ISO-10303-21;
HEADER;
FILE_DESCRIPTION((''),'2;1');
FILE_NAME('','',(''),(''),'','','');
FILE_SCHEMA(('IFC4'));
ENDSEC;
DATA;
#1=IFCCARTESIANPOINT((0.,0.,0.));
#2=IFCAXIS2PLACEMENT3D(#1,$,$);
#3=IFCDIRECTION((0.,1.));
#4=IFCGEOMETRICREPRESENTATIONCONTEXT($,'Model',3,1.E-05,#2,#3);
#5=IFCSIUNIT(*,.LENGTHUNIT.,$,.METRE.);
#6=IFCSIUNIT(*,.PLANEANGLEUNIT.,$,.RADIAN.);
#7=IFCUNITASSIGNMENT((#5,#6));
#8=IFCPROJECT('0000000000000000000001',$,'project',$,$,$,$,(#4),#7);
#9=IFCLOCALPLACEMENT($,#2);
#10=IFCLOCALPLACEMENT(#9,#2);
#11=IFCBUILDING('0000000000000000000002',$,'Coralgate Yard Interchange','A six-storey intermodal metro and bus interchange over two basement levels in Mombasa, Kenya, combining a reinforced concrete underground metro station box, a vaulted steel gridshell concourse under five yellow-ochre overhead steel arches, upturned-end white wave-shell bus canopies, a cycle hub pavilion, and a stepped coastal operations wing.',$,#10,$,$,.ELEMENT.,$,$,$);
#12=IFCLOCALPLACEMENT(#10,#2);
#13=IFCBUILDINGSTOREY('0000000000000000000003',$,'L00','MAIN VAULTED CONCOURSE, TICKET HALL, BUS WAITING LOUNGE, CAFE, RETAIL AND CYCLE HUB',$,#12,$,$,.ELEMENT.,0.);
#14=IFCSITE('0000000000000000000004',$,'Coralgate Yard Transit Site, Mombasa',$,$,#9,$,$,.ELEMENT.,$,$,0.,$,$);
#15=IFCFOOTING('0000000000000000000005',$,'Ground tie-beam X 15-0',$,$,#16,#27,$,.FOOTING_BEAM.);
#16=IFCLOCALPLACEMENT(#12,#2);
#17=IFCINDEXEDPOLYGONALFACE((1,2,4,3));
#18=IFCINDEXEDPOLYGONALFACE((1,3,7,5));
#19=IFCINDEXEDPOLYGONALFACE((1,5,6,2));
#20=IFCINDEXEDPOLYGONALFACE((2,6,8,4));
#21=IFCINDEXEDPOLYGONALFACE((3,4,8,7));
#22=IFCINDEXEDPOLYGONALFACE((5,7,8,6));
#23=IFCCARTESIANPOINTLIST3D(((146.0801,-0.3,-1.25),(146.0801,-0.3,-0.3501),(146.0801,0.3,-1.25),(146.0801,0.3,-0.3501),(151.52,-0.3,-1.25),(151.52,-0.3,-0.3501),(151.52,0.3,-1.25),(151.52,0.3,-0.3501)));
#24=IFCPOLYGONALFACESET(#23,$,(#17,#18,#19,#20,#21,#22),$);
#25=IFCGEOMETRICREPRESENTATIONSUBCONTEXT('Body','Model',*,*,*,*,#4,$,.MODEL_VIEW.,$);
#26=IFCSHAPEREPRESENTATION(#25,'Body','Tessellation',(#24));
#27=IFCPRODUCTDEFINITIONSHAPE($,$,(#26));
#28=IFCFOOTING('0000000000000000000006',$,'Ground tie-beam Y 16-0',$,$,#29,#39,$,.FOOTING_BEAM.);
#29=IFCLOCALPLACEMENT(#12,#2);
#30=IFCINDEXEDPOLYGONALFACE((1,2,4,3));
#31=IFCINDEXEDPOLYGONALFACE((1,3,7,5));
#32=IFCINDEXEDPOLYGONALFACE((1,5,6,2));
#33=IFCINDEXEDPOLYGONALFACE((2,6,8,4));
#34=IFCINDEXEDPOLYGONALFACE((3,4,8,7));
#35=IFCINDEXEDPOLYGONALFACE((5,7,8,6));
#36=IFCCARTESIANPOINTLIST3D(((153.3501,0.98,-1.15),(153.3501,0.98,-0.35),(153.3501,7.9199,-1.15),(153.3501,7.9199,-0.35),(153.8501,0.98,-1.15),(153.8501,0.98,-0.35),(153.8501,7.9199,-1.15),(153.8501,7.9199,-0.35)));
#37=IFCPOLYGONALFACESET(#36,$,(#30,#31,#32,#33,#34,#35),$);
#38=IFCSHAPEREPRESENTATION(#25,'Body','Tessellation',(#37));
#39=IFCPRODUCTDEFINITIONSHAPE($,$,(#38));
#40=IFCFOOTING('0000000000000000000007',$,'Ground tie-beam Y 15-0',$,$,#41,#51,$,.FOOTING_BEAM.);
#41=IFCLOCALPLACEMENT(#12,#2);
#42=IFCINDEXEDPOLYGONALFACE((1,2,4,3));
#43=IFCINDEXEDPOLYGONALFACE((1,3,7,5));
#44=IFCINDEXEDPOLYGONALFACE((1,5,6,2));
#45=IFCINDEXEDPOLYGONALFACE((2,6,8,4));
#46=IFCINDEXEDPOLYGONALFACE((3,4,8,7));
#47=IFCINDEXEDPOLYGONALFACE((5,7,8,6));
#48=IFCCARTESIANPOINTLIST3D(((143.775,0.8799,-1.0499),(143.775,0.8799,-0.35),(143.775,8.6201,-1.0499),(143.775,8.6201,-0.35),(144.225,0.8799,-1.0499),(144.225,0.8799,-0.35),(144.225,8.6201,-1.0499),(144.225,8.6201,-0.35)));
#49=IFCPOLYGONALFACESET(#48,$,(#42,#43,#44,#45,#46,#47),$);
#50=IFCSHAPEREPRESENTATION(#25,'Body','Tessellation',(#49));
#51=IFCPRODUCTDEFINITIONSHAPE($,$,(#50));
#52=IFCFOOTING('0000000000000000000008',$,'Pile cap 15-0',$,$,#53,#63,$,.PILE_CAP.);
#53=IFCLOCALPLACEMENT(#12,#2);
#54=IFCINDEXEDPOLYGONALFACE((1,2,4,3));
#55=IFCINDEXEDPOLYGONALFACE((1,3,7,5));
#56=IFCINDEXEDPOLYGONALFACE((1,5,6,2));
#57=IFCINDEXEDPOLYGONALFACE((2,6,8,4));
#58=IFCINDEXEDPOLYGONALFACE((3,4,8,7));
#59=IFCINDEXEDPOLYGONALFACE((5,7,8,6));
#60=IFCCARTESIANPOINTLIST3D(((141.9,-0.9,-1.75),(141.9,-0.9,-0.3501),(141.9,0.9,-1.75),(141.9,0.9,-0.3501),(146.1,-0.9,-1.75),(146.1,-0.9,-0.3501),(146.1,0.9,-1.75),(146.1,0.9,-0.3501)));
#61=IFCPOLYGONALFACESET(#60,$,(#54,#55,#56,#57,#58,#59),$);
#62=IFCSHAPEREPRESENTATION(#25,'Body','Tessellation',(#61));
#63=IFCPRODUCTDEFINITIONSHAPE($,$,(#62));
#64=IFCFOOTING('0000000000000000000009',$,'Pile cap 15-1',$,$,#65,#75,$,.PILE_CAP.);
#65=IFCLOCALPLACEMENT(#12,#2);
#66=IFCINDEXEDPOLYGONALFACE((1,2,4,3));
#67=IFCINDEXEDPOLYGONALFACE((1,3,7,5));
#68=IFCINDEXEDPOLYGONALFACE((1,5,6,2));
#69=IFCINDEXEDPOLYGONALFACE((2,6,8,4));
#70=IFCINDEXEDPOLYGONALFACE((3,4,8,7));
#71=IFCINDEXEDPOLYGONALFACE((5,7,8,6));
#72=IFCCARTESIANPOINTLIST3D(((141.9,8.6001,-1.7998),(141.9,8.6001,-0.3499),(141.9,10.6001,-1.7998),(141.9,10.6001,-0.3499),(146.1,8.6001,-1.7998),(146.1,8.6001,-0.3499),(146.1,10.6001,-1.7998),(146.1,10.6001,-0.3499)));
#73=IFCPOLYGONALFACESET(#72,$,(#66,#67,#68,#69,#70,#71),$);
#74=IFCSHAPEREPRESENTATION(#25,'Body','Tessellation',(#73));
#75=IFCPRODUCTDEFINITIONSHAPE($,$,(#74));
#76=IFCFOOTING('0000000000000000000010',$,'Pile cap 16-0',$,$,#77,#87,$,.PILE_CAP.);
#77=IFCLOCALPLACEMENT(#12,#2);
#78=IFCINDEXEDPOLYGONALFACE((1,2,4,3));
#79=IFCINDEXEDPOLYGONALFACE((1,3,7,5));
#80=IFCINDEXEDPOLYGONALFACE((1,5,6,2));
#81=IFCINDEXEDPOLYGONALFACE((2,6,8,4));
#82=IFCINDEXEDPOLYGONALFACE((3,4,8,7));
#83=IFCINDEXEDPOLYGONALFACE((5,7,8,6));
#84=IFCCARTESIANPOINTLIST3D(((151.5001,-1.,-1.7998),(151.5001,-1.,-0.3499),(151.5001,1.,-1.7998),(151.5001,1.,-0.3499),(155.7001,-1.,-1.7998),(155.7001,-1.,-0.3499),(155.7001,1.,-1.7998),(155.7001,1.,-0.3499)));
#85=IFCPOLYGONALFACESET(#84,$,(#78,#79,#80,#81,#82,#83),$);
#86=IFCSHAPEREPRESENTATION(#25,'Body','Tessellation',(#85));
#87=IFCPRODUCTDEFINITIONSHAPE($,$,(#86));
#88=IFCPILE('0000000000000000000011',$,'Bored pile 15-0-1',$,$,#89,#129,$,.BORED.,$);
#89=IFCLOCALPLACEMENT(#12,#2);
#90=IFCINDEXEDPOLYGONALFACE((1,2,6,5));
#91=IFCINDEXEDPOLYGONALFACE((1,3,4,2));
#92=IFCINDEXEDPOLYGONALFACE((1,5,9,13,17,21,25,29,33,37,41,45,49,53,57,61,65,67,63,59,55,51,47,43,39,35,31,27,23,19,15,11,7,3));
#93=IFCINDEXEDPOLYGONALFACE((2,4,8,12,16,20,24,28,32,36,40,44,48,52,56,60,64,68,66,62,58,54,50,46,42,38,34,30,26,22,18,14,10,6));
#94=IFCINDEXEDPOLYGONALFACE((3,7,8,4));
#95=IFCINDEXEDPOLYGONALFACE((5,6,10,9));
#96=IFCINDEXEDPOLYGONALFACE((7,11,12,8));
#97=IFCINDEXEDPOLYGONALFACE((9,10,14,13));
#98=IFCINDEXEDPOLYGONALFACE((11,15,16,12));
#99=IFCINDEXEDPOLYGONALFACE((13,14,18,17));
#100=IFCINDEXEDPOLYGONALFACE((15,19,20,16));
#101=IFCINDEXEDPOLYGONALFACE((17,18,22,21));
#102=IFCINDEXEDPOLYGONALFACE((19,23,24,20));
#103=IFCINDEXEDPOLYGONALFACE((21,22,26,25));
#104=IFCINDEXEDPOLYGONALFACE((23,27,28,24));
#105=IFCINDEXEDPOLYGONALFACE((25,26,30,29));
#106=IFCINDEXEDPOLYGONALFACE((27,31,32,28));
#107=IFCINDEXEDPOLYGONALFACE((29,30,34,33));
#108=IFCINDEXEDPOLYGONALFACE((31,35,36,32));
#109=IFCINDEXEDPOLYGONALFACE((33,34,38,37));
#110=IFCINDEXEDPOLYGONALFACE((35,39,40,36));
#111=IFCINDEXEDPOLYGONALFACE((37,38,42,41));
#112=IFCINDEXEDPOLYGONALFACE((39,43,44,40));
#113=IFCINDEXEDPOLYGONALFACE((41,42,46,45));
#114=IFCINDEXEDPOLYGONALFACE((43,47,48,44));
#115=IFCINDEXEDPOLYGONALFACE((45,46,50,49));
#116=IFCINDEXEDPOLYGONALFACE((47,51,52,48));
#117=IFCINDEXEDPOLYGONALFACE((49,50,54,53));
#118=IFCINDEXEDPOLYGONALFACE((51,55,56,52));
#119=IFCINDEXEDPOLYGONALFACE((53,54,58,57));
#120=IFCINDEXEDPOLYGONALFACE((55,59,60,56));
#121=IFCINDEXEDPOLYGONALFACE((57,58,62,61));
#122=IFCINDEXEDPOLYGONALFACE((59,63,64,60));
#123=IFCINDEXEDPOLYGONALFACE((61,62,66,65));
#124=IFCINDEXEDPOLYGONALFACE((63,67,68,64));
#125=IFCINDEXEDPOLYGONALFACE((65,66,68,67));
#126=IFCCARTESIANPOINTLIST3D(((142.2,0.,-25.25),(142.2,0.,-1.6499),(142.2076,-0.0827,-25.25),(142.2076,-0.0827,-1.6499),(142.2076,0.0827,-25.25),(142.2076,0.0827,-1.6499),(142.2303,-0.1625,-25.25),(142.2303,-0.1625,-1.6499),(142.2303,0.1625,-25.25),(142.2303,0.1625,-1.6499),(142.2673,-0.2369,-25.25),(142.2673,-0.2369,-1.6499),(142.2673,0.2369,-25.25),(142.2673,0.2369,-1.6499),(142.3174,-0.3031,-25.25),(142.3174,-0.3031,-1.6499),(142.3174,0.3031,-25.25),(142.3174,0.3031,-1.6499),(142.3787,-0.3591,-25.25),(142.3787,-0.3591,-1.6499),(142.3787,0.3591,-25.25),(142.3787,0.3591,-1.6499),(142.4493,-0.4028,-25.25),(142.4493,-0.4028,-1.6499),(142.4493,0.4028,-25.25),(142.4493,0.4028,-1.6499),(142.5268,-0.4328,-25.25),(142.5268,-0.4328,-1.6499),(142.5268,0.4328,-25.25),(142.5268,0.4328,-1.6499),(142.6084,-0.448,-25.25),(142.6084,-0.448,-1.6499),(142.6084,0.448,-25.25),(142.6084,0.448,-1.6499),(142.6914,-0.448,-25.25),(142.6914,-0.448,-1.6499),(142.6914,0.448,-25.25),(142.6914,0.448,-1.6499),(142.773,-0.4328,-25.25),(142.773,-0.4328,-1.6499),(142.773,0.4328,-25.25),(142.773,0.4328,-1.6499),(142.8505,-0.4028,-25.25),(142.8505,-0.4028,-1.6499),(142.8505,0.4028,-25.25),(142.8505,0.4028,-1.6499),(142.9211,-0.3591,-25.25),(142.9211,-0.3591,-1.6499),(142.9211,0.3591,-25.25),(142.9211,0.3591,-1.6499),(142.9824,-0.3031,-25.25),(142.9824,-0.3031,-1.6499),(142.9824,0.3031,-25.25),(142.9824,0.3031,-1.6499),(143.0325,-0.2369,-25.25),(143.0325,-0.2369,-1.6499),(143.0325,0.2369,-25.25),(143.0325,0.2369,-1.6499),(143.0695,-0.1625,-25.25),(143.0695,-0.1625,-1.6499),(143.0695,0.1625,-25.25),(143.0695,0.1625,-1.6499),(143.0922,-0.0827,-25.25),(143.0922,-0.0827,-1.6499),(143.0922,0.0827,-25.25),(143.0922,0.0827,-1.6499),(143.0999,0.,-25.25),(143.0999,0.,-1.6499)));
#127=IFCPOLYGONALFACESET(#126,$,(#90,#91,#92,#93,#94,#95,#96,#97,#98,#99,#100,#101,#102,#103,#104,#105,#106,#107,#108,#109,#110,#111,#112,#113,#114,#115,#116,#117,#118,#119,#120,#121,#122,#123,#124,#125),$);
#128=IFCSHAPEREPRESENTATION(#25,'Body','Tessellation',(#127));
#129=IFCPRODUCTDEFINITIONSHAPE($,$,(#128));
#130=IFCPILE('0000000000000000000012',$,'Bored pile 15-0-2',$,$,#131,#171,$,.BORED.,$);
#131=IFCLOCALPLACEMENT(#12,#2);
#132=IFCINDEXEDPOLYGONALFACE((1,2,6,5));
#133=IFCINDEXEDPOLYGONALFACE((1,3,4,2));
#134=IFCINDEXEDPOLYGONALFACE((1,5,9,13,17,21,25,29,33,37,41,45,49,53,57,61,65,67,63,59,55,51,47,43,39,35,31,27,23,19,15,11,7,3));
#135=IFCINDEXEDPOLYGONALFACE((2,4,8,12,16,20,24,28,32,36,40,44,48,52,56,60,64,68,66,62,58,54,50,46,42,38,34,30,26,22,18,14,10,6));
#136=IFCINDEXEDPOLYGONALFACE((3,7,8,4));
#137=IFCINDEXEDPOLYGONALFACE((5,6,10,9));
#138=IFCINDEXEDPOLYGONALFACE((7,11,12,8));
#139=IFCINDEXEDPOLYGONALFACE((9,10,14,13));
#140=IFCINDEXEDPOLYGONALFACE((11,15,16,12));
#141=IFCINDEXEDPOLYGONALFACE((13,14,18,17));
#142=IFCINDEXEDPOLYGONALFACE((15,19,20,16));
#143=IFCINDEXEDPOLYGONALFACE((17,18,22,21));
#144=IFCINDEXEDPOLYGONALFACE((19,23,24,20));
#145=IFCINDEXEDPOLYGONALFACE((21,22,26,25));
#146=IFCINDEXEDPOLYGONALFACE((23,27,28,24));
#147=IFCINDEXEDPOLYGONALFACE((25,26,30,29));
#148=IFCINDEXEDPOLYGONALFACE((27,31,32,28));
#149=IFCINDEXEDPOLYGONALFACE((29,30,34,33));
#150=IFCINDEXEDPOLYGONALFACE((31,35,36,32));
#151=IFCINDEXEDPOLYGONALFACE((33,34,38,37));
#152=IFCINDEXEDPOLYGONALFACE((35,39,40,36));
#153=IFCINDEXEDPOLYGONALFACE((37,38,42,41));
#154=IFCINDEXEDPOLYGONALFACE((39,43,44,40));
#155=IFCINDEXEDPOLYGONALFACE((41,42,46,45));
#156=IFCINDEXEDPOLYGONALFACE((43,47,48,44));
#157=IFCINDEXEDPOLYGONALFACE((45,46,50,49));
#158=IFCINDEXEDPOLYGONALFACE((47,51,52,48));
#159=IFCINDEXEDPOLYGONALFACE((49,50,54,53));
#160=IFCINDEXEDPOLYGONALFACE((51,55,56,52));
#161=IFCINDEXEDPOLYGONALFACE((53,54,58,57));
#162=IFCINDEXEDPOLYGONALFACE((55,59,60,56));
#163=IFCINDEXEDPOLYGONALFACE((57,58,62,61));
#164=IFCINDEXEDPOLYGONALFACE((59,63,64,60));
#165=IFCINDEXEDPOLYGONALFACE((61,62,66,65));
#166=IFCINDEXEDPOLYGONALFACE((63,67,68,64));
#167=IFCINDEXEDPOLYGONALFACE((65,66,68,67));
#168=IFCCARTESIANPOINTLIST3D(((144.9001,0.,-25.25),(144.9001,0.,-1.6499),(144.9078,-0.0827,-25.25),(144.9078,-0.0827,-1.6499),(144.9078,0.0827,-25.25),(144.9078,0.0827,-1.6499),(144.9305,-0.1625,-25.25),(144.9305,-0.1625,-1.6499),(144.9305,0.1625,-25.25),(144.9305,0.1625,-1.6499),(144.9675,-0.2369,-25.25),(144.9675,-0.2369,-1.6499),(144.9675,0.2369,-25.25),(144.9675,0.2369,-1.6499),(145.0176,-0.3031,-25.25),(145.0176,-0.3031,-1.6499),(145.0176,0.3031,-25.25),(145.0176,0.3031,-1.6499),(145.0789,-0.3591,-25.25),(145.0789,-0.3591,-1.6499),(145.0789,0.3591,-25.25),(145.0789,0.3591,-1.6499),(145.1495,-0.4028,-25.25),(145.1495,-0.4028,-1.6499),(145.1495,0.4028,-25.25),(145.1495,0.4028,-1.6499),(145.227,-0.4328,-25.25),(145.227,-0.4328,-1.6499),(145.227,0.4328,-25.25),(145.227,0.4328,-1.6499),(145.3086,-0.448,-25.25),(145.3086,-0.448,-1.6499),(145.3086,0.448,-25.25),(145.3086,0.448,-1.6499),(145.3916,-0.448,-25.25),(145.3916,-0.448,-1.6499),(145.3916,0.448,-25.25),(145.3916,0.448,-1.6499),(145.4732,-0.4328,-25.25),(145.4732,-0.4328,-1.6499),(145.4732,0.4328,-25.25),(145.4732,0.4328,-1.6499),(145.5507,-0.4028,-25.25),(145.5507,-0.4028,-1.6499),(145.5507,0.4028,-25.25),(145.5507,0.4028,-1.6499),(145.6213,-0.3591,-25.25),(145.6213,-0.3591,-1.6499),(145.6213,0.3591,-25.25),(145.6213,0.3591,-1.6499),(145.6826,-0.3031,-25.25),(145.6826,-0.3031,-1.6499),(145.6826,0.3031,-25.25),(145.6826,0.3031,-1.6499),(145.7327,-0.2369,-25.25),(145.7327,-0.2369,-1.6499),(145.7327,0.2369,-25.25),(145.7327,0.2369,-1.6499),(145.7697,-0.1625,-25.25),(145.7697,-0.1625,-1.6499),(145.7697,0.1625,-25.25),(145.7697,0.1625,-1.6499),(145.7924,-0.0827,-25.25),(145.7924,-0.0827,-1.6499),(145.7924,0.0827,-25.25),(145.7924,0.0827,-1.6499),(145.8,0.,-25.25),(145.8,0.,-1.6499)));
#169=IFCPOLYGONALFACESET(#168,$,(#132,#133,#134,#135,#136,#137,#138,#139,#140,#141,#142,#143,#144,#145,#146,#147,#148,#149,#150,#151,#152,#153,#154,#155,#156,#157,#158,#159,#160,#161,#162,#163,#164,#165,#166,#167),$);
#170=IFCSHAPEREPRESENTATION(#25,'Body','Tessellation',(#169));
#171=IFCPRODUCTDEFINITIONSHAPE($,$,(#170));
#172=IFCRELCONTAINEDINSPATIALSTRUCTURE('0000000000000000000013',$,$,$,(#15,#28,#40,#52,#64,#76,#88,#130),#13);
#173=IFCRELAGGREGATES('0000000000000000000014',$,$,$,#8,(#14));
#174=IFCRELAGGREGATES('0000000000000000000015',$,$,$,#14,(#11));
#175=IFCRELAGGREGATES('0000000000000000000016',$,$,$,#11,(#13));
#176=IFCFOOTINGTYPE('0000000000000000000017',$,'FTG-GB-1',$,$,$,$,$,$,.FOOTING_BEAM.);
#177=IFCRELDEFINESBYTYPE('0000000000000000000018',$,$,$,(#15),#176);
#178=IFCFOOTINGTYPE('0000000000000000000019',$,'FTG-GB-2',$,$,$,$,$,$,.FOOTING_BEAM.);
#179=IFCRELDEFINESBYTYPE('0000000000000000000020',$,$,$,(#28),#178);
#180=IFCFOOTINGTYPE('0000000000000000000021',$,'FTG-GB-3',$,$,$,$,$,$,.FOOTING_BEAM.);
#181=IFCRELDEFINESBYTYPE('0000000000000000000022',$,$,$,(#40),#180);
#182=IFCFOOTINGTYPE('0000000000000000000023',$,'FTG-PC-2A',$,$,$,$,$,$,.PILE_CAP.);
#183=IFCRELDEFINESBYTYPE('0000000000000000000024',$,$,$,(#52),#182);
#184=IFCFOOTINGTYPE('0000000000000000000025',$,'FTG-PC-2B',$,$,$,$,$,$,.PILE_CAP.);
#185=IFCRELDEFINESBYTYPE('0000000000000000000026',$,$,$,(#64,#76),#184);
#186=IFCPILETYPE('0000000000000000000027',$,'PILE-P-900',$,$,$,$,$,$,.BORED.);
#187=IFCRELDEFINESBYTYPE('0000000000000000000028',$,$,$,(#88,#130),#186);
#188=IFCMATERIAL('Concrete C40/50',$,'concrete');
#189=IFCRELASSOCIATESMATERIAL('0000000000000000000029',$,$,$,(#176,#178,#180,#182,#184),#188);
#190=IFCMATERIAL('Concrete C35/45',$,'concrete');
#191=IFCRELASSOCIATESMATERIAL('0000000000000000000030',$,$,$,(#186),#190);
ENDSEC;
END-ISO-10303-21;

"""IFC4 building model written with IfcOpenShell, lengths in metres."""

from ifc_helpers import new_model, si_unit, direction, frame, origin, origin_2d, place, context, subcontext, project, spatial, rectangle, circle, extrude, material, material_profile, profile_set, type_object, element, save


model = new_model("IFC4")

# Units and contexts
model_context = context("Model", 3, precision=1e-05, world=origin(), true_north=direction((0.0, 1.0)))
body_context = subcontext(model_context, "Body", "Model", "MODEL_VIEW")
ifc_project = project(units=[si_unit("LENGTHUNIT", "METRE"), si_unit("PLANEANGLEUNIT", "RADIAN")], contexts=[model_context])

# Site, building, storey
site_placement = place(None, origin())
site = spatial("IfcSite", under=ifc_project, at=site_placement, Name="Coralgate Yard Transit Site, Mombasa", CompositionType="ELEMENT", RefElevation=0.0)
building_placement = place(site_placement, origin())
building = spatial("IfcBuilding", under=site, at=building_placement, Name="Coralgate Yard Interchange", Description="A six-storey intermodal metro and bus interchange over two basement levels in Mombasa, Kenya, combining a reinforced concrete underground metro station box, a vaulted steel gridshell concourse under five yellow-ochre overhead steel arches, upturned-end white wave-shell bus canopies, a cycle hub pavilion, and a stepped coastal operations wing.", CompositionType="ELEMENT")
storey_placement = place(building_placement, origin())
storey = spatial("IfcBuildingStorey", under=building, at=storey_placement, Name="L00", Description="MAIN VAULTED CONCOURSE, TICKET HALL, BUS WAITING LOUNGE, CAFE, RETAIL AND CYCLE HUB", CompositionType="ELEMENT", Elevation=0.0)

# Footings
ifc_material_1 = material(Name="Concrete C40/50", Category="concrete")
ifc_material_profile_1 = material_profile(ifc_material_1, rectangle(XDim=0.6001, YDim=0.8999, at=origin_2d()), Name="RC 600x900")
ifc_profile_set_1 = profile_set([ifc_material_profile_1], Name="Concrete C40/50")
footing_type_1 = type_object("IfcFootingType", Name="FTG-GB-1", PredefinedType="FOOTING_BEAM", material=ifc_profile_set_1)
footing_1_placement = place(storey_placement, frame((146.0801, 0.0, -0.8), z_axis=(1.0, 0.0, 0.0), x_axis=(0.0, 1.0, 0.0)))
element("IfcFooting", 1, at=footing_1_placement, inside=storey, type_object=footing_type_1, Name="Ground tie-beam X 15-0", PredefinedType="FOOTING_BEAM", context=body_context, shape_type="SweptSolid", body=[
    extrude(rectangle(XDim=0.6001, YDim=0.8999, at=origin_2d()), origin(), (0.0, 0.0, 1.0), 5.4399),
])
ifc_material_profile_2 = material_profile(ifc_material_1, rectangle(XDim=0.5, YDim=0.8, at=origin_2d()), Name="RC 500x800")
ifc_profile_set_2 = profile_set([ifc_material_profile_2], Name="Concrete C40/50")
footing_type_2 = type_object("IfcFootingType", Name="FTG-GB-2", PredefinedType="FOOTING_BEAM", material=ifc_profile_set_2)
footing_2_placement = place(storey_placement, frame((153.6001, 0.98, -0.75), z_axis=(0.0, 1.0, 0.0), x_axis=(-1.0, 0.0, 0.0)))
element("IfcFooting", 2, at=footing_2_placement, inside=storey, type_object=footing_type_2, Name="Ground tie-beam Y 16-0", PredefinedType="FOOTING_BEAM", context=body_context, shape_type="SweptSolid", body=[
    extrude(rectangle(XDim=0.5, YDim=0.8, at=origin_2d()), origin(), (0.0, 0.0, 1.0), 6.9399),
])
ifc_material_profile_3 = material_profile(ifc_material_1, rectangle(XDim=0.45, YDim=0.7, at=origin_2d()), Name="RC 450x700")
ifc_profile_set_3 = profile_set([ifc_material_profile_3], Name="Concrete C40/50")
footing_type_3 = type_object("IfcFootingType", Name="FTG-GB-3", PredefinedType="FOOTING_BEAM", material=ifc_profile_set_3)
footing_3_placement = place(storey_placement, frame((144.0, 0.8799, -0.7), z_axis=(0.0, 1.0, 0.0), x_axis=(-1.0, 0.0, 0.0)))
element("IfcFooting", 3, at=footing_3_placement, inside=storey, type_object=footing_type_3, Name="Ground tie-beam Y 15-0", PredefinedType="FOOTING_BEAM", context=body_context, shape_type="SweptSolid", body=[
    extrude(rectangle(XDim=0.45, YDim=0.7, at=origin_2d()), origin(), (0.0, 0.0, 1.0), 7.7402),
])
footing_type_4 = type_object("IfcFootingType", Name="FTG-PC-2A", PredefinedType="PILE_CAP", material=ifc_material_1)
footing_4_placement = place(storey_placement, frame((144.0, 0.0, -1.75), z_axis=(0.0, 0.0, 1.0), x_axis=(1.0, 0.0, 0.0)))
element("IfcFooting", 4, at=footing_4_placement, inside=storey, type_object=footing_type_4, Name="Pile cap 15-0", PredefinedType="PILE_CAP", context=body_context, shape_type="SweptSolid", body=[
    extrude(rectangle(XDim=4.2, YDim=1.8, at=origin_2d()), origin(), (0.0, 0.0, 1.0), 1.3999),
])
footing_type_5 = type_object("IfcFootingType", Name="FTG-PC-2B", PredefinedType="PILE_CAP", material=ifc_material_1)
for number, where, z_axis, x_axis, name in (
    (5, (144.0, 9.6001, -1.7998), (0.0, 0.0, 1.0), (1.0, 0.0, 0.0), "Pile cap 15-1"),
    (6, (153.6001, 0.0, -1.7998), (0.0, 0.0, 1.0), (1.0, 0.0, 0.0), "Pile cap 16-0"),
):
    element("IfcFooting", number, at=place(storey_placement, frame(where, z_axis=z_axis, x_axis=x_axis)), inside=storey, type_object=footing_type_5, Name=name, PredefinedType="PILE_CAP", context=body_context, shape_type="SweptSolid", body=[
        extrude(rectangle(XDim=4.2, YDim=2.0, at=origin_2d()), origin(), (0.0, 0.0, 1.0), 1.45),
    ])

# Piles
ifc_material_2 = material(Name="Concrete C35/45", Category="concrete")
ifc_material_profile_4 = material_profile(ifc_material_2, circle(Radius=0.45, at=origin_2d()), Name="BORED PILE D900")
ifc_profile_set_4 = profile_set([ifc_material_profile_4], Name="Concrete C35/45")
pile_type = type_object("IfcPileType", Name="PILE-P-900", PredefinedType="BORED", material=ifc_profile_set_4)
for number, where, z_axis, x_axis, name in (
    (7, (142.6499, 0.0, -1.6499), (0.0, 0.0, -1.0), (1.0, 0.0, 0.0), "Bored pile 15-0-1"),
    (8, (145.3501, 0.0, -1.6499), (0.0, 0.0, -1.0), (1.0, 0.0, 0.0), "Bored pile 15-0-2"),
):
    element("IfcPile", number, at=place(storey_placement, frame(where, z_axis=z_axis, x_axis=x_axis)), inside=storey, type_object=pile_type, Name=name, PredefinedType="BORED", context=body_context, shape_type="SweptSolid", body=[
        extrude(circle(Radius=0.45, at=origin_2d()), origin(), (0.0, 0.0, 1.0), 23.6001),
    ])

save(model, "model.ifc")
